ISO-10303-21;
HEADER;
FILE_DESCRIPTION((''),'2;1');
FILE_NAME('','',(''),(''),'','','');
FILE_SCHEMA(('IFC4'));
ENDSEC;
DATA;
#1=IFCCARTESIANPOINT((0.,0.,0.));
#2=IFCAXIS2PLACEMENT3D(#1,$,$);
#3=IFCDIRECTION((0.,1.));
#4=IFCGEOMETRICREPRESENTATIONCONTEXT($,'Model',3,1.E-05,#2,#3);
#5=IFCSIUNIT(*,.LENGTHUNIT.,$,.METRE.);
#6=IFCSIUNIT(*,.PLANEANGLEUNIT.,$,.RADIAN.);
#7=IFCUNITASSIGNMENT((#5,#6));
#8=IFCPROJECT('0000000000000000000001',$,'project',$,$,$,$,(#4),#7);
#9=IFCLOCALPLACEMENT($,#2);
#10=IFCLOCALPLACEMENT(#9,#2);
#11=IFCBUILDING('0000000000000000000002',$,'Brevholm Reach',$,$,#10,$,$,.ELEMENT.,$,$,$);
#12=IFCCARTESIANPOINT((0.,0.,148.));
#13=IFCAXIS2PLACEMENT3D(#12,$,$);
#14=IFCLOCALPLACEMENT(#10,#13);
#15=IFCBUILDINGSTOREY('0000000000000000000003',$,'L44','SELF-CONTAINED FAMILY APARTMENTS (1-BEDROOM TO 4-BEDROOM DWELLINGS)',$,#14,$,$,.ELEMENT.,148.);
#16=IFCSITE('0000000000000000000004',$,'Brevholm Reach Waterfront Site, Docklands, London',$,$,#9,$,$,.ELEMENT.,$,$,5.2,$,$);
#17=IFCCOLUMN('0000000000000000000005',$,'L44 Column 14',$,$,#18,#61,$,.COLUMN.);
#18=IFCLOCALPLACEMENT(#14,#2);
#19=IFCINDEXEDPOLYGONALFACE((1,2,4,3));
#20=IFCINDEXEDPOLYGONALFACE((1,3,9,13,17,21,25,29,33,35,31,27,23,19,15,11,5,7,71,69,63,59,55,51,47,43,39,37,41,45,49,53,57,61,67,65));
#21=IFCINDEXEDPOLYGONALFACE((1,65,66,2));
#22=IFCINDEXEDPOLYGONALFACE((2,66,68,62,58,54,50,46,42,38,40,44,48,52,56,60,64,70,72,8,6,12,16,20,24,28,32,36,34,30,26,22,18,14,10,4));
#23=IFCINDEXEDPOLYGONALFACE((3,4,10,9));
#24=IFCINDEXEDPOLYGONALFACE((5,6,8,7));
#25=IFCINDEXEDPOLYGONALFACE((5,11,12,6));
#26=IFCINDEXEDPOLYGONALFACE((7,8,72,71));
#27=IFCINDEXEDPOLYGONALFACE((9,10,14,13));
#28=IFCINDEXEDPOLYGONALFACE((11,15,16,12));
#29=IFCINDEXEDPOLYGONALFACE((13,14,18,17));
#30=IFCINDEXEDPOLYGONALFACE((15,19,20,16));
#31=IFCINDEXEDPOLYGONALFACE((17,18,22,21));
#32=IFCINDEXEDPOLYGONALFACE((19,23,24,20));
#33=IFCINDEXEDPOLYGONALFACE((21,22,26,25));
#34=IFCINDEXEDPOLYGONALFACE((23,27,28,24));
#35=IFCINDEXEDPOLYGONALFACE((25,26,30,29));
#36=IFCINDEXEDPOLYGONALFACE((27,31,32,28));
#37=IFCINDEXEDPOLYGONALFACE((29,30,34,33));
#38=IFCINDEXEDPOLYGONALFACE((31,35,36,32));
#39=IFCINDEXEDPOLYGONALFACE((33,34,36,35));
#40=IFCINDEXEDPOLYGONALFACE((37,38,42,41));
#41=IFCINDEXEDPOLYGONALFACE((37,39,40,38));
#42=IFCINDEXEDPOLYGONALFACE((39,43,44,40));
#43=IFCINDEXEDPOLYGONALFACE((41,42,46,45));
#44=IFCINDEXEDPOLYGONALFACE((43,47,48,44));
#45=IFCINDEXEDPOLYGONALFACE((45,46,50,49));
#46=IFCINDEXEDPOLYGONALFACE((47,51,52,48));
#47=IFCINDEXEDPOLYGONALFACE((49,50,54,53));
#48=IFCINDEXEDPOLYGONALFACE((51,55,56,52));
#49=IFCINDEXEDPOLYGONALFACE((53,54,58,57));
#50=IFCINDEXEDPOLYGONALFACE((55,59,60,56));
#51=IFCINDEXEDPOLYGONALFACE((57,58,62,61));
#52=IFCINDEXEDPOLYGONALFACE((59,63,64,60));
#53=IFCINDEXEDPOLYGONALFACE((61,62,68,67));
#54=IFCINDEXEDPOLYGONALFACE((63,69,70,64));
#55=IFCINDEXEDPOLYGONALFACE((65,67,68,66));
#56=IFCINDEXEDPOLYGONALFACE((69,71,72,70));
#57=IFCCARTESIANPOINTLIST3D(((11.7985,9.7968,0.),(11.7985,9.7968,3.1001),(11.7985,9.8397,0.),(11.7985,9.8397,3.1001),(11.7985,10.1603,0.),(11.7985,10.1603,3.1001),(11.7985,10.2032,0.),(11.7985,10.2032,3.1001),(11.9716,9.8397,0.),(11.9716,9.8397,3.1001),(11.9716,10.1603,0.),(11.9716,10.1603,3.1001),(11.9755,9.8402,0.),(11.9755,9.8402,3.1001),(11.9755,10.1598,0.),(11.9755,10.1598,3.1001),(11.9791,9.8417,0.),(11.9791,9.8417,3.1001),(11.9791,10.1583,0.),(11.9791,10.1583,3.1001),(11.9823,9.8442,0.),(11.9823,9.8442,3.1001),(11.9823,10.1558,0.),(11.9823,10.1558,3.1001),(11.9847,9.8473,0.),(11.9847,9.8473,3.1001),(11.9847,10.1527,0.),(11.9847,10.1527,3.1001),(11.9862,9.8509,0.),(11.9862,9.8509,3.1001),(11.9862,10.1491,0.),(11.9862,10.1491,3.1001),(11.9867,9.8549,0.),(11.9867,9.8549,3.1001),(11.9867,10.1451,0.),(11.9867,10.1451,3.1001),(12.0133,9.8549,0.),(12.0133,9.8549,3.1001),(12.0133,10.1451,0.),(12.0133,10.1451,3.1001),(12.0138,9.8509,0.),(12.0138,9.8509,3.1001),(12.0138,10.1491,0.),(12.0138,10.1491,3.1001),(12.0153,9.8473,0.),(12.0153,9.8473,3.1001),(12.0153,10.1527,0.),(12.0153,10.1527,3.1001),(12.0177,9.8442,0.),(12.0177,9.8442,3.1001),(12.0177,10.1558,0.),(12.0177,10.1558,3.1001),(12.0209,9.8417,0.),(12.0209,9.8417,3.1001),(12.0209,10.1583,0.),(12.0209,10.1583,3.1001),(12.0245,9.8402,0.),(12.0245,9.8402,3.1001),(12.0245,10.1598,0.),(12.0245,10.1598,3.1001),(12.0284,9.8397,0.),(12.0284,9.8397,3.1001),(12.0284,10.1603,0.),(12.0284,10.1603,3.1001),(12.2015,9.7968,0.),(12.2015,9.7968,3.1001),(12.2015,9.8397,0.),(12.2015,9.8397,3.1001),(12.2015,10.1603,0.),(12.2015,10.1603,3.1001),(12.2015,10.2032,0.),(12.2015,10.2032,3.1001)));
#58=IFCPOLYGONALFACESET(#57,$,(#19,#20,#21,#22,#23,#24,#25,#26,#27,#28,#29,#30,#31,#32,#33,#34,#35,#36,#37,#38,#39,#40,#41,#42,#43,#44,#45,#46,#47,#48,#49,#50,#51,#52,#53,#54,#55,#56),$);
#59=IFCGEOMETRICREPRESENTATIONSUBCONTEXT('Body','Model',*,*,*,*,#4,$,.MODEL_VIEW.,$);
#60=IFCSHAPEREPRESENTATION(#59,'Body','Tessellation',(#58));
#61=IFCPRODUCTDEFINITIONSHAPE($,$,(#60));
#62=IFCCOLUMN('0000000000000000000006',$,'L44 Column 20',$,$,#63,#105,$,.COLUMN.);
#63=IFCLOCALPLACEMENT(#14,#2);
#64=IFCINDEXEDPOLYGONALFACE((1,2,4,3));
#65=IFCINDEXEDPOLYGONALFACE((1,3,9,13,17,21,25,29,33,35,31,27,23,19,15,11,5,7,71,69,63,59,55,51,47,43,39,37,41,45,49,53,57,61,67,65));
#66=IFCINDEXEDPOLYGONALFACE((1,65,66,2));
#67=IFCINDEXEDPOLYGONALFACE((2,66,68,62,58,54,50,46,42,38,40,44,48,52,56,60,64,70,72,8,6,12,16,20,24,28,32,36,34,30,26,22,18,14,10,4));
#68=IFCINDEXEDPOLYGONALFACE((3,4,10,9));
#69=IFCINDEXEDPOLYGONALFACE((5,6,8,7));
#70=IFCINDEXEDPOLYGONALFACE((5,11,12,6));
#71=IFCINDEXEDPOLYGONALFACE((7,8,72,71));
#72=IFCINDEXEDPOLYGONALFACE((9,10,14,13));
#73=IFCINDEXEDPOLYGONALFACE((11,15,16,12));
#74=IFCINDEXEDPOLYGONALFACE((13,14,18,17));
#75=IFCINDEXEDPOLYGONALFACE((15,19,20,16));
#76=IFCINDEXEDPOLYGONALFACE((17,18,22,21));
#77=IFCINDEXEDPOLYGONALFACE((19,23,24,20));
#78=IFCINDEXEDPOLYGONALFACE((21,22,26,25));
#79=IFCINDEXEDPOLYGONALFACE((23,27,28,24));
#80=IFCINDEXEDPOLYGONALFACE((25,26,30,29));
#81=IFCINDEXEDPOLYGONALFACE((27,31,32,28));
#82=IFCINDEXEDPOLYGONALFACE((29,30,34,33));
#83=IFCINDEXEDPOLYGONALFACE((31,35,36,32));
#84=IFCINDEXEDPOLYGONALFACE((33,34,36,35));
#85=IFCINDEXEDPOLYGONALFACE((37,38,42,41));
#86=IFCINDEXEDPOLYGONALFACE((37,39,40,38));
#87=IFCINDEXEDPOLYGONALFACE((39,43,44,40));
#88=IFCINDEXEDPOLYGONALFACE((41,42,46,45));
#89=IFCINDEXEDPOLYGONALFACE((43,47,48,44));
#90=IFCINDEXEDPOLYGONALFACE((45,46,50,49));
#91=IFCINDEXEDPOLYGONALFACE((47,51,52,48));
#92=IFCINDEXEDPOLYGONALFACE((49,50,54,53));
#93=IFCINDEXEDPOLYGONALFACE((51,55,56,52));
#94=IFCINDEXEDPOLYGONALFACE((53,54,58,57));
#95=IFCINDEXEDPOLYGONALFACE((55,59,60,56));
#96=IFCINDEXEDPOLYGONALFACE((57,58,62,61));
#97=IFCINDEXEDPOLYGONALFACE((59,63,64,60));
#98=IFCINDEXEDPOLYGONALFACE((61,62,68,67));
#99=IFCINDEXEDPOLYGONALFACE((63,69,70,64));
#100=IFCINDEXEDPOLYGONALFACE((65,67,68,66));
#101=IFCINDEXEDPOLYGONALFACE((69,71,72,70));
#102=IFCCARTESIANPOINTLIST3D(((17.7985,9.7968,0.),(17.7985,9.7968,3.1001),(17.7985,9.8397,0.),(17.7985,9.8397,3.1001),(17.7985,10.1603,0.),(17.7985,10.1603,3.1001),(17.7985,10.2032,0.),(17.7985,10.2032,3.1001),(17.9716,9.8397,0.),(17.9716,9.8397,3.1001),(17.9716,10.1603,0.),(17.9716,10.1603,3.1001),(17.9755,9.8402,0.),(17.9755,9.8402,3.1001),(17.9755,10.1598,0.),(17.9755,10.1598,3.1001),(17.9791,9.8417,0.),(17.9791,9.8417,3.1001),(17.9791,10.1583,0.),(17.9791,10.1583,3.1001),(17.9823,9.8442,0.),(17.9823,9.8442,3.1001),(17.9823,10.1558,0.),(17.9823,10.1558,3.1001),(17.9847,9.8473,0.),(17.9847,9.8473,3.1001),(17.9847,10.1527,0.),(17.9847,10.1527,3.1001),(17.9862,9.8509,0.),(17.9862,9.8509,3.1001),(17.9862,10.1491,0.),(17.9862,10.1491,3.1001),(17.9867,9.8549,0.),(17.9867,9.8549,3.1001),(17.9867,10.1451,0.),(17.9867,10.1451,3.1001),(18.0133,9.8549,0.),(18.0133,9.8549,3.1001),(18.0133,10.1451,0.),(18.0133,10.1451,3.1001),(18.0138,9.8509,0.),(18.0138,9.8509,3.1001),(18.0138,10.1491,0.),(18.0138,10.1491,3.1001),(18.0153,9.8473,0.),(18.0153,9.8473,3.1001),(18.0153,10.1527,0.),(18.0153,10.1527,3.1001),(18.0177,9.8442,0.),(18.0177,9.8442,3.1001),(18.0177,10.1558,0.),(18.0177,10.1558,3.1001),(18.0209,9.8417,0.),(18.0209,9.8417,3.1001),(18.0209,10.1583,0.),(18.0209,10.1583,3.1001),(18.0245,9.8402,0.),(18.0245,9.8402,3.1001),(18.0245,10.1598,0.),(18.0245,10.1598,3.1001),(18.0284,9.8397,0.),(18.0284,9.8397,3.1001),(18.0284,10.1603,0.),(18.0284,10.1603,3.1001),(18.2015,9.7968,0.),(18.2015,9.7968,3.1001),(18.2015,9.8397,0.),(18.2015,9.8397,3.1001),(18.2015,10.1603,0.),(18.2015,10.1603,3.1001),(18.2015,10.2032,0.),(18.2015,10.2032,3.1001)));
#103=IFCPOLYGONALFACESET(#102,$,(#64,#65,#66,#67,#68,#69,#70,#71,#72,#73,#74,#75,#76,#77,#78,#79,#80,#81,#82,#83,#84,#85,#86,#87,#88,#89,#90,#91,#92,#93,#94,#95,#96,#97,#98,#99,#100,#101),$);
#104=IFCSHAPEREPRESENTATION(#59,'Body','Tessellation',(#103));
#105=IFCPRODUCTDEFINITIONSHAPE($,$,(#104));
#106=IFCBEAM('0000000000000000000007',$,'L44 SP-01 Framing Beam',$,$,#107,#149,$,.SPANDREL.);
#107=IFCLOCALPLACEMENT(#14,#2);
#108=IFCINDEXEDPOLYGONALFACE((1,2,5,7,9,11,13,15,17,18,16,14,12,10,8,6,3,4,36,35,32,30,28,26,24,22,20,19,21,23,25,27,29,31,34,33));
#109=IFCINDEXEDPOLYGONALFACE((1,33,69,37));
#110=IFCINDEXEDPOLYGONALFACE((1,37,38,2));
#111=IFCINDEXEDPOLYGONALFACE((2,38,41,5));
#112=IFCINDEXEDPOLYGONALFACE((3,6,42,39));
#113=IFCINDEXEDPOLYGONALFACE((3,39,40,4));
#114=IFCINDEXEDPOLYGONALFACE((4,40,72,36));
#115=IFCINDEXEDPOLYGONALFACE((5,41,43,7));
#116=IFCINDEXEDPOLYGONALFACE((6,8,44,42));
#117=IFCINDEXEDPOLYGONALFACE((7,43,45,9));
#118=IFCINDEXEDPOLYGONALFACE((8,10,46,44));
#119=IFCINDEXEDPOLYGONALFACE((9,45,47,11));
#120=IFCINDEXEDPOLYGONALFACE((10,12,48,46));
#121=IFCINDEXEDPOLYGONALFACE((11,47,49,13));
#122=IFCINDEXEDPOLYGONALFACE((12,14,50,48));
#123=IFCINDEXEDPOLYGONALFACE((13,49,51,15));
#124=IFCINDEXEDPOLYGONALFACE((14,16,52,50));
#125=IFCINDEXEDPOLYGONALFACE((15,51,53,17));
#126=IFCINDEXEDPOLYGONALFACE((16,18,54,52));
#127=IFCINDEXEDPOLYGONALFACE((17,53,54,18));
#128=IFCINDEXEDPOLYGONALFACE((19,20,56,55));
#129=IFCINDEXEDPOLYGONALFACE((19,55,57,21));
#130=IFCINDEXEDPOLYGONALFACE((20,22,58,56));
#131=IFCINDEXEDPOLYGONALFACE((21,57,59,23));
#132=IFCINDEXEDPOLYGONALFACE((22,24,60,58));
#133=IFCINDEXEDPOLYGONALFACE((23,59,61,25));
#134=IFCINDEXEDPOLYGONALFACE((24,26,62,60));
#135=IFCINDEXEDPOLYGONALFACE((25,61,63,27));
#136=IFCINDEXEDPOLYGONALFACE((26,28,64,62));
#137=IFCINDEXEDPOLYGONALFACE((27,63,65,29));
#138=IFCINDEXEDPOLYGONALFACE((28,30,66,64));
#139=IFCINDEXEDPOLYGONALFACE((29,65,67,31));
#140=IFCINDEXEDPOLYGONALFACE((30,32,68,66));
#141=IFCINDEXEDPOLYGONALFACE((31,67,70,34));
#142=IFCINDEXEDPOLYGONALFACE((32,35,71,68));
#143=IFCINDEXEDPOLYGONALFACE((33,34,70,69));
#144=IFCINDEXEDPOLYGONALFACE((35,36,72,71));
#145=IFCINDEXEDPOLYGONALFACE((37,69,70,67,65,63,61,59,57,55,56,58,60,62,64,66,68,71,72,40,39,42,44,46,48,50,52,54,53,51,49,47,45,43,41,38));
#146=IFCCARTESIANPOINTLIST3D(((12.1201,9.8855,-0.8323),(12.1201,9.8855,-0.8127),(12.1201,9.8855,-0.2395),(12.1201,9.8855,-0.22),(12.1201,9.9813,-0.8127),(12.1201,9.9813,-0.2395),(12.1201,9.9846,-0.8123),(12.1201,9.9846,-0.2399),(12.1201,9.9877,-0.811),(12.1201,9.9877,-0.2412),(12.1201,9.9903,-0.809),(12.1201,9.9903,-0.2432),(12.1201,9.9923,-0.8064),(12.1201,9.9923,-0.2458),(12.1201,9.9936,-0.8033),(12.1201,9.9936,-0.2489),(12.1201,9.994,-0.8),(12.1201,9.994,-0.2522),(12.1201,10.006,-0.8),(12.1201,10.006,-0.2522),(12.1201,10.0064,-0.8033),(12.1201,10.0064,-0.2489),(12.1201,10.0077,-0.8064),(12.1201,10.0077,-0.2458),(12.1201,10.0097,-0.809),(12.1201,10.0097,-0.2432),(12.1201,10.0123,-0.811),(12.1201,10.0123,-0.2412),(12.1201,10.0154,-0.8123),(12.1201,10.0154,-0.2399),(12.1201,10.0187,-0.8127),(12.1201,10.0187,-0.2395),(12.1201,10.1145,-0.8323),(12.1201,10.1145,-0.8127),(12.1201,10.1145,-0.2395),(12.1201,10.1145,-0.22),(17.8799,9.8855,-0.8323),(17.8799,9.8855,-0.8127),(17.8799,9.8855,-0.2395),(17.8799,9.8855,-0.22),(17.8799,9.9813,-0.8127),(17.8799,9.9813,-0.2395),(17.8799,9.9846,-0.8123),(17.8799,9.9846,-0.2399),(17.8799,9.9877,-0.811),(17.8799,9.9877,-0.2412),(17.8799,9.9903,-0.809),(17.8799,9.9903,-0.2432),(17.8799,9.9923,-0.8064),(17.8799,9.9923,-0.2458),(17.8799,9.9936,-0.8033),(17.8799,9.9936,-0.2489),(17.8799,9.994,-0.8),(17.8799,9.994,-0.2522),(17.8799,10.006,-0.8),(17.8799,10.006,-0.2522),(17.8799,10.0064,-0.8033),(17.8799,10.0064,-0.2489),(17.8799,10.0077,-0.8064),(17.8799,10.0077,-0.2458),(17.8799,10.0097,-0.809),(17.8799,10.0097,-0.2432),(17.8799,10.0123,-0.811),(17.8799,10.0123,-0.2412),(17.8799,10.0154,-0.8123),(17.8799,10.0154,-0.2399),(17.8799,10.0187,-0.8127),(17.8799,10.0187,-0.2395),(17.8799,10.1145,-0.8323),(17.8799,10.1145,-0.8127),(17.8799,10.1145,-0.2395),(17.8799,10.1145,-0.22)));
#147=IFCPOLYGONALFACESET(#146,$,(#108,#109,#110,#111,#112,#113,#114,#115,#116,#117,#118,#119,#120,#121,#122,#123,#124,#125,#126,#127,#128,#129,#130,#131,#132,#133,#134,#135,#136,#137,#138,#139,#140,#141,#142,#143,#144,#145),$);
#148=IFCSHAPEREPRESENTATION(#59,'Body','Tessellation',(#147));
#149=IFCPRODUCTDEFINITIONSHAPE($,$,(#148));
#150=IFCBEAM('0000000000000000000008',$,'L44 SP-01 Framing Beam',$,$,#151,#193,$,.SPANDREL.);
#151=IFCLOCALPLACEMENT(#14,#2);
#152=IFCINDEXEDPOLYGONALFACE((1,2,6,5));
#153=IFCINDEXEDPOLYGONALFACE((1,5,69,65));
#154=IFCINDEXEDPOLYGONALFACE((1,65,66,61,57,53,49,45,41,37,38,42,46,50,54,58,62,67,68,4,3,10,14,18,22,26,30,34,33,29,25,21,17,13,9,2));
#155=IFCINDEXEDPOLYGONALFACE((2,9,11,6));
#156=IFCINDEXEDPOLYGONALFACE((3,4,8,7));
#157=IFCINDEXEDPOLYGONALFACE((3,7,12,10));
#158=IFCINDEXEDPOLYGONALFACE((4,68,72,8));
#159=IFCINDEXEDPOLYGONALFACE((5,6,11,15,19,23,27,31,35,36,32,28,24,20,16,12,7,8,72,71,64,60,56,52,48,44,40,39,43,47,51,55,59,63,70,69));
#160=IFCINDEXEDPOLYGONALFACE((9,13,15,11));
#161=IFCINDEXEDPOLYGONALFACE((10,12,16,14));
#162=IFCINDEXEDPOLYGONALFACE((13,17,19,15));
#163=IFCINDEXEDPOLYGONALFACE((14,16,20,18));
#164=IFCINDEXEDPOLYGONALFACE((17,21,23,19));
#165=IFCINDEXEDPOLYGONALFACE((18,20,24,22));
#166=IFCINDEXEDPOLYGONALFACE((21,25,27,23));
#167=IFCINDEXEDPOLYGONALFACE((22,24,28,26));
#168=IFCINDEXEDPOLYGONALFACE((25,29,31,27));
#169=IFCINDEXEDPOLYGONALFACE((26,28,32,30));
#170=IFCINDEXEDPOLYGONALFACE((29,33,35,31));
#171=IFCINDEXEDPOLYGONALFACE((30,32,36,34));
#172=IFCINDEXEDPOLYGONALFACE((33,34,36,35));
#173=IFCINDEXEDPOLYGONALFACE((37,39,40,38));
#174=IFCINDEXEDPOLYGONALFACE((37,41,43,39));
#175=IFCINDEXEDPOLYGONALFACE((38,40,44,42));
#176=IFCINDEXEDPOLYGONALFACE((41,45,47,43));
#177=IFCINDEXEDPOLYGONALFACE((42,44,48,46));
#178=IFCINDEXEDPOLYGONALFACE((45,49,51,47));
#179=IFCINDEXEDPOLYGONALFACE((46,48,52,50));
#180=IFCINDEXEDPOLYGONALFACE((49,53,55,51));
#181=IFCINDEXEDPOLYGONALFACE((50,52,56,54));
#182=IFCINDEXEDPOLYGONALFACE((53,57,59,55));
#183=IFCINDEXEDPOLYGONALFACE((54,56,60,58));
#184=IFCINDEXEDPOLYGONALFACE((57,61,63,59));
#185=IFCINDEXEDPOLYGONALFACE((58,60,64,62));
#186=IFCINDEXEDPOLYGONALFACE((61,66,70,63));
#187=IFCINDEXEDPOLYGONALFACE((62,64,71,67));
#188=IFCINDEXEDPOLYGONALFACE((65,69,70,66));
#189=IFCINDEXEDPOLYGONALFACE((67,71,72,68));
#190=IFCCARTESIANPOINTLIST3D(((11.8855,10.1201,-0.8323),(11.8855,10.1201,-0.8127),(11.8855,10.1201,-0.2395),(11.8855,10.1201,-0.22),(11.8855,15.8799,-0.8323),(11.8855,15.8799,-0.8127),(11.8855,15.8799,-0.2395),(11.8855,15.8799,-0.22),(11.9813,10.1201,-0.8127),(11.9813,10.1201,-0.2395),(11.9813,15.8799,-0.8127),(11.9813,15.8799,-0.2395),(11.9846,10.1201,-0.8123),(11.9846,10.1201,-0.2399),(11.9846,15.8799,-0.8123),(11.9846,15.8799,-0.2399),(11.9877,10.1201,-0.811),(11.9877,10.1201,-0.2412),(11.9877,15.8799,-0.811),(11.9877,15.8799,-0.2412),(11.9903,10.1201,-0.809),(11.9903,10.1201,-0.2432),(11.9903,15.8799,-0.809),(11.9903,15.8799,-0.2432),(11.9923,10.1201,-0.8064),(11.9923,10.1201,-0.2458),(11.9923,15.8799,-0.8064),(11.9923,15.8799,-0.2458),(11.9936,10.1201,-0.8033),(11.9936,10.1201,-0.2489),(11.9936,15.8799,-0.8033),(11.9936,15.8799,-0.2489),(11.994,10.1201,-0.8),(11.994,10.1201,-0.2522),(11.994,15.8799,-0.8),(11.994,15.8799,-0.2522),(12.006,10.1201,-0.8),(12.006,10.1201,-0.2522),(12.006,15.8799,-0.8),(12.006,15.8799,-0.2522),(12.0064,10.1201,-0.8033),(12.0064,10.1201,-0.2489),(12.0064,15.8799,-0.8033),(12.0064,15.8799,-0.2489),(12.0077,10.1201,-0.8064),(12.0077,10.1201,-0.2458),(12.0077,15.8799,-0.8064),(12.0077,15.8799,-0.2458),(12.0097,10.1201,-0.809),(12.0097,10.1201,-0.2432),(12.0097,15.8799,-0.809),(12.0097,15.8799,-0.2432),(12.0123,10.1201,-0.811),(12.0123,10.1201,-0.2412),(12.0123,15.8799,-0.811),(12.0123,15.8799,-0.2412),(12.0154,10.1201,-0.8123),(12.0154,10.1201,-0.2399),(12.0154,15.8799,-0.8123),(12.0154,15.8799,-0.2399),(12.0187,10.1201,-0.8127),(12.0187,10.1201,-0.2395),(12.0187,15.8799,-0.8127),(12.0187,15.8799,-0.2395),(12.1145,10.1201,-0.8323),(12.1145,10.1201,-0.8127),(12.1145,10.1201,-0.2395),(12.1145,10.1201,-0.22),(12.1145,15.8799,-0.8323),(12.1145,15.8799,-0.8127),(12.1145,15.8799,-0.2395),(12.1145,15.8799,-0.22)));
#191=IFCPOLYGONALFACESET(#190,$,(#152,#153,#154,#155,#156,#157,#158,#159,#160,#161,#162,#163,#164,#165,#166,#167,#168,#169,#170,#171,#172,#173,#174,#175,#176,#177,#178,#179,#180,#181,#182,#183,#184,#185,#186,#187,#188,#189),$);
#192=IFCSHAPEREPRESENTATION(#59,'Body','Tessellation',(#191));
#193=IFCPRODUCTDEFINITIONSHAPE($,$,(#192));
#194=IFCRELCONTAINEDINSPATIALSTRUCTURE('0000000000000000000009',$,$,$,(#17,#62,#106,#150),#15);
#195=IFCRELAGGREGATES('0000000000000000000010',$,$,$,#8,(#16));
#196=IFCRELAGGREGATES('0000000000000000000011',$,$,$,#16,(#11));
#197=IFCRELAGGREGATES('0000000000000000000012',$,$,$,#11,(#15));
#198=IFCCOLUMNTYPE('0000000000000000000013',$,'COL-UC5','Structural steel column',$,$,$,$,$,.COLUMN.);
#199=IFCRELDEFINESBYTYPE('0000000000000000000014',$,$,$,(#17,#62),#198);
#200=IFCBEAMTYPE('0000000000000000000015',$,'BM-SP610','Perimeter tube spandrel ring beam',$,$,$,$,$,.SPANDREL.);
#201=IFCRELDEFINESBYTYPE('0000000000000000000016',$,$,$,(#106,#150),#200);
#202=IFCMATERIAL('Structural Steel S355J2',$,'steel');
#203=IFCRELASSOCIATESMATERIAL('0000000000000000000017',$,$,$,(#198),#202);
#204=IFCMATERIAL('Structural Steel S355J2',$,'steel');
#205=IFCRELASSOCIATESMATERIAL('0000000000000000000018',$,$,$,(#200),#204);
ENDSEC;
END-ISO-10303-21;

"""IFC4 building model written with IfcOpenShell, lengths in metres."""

from ifc_helpers import new_model, si_unit, direction, frame, origin, origin_2d, place, context, subcontext, project, spatial, i_section, extrude, material, material_profile, profile_set, type_object, element, save


model = new_model("IFC4")

# Units and contexts
model_context = context("Model", 3, precision=1e-05, world=origin(), true_north=direction((0.0, 1.0)))
body_context = subcontext(model_context, "Body", "Model", "MODEL_VIEW")
ifc_project = project(units=[si_unit("LENGTHUNIT", "METRE"), si_unit("PLANEANGLEUNIT", "RADIAN")], contexts=[model_context])

# Site, building, storey
site_placement = place(None, origin())
site = spatial("IfcSite", under=ifc_project, at=site_placement, Name="Brevholm Reach Waterfront Site, Docklands, London", CompositionType="ELEMENT", RefElevation=5.2)
building_placement = place(site_placement, origin())
building = spatial("IfcBuilding", under=site, at=building_placement, Name="Brevholm Reach", CompositionType="ELEMENT")
storey_placement = place(building_placement, frame((0.0, 0.0, 148.0)))
storey = spatial("IfcBuildingStorey", under=building, at=storey_placement, Name="L44", Description="SELF-CONTAINED FAMILY APARTMENTS (1-BEDROOM TO 4-BEDROOM DWELLINGS)", CompositionType="ELEMENT", Elevation=148.0)

# Columns
ifc_material_1 = material(Name="Structural Steel S355J2", Category="steel")
ifc_material_profile_1 = material_profile(ifc_material_1, i_section(OverallWidth=0.4031, OverallDepth=0.4065, WebThickness=0.0266, FlangeThickness=0.043, FilletRadius=0.0151, at=origin_2d()), Name="UKC 356x406x340")
ifc_profile_set_1 = profile_set([ifc_material_profile_1], Name="Structural Steel S355J2")
column_type = type_object("IfcColumnType", Name="COL-UC5", Description="Structural steel column", PredefinedType="COLUMN", material=ifc_profile_set_1)
for number, where, z_axis, x_axis, name in (
    (1, (12.0, 10.0, 0.0), (0.0, 0.0, 1.0), (1.0, 0.0, 0.0), "L44 Column 14"),
    (2, (18.0, 10.0, 0.0), (0.0, 0.0, 1.0), (1.0, 0.0, 0.0), "L44 Column 20"),
):
    element("IfcColumn", number, at=place(storey_placement, frame(where, z_axis=z_axis, x_axis=x_axis)), inside=storey, type_object=column_type, Name=name, PredefinedType="COLUMN", context=body_context, shape_type="SweptSolid", body=[
        extrude(i_section(OverallWidth=0.4031, OverallDepth=0.4065, WebThickness=0.0266, FlangeThickness=0.043, FilletRadius=0.0151, at=origin_2d()), origin(), (0.0, 0.0, 1.0), 3.1001),
    ])

# Beams
ifc_material_2 = material(Name="Structural Steel S355J2", Category="steel")
ifc_material_profile_2 = material_profile(ifc_material_2, i_section(OverallWidth=0.229, OverallDepth=0.6123, WebThickness=0.012, FlangeThickness=0.0195, FilletRadius=0.0127, at=origin_2d()), Name="UKB 610x229x125")
ifc_profile_set_2 = profile_set([ifc_material_profile_2], Name="Structural Steel S355J2")
beam_type = type_object("IfcBeamType", Name="BM-SP610", Description="Perimeter tube spandrel ring beam", PredefinedType="SPANDREL", material=ifc_profile_set_2)
for number, where, z_axis, x_axis, name in (
    (3, (12.1201, 10.0, -0.5261), (1.0, 0.0, 0.0), (0.0, 1.0, 0.0), "L44 SP-01 Framing Beam"),
    (4, (12.0, 10.1201, -0.5261), (0.0, 1.0, 0.0), (-1.0, 0.0, 0.0), "L44 SP-01 Framing Beam"),
):
    element("IfcBeam", number, at=place(storey_placement, frame(where, z_axis=z_axis, x_axis=x_axis)), inside=storey, type_object=beam_type, Name=name, PredefinedType="SPANDREL", context=body_context, shape_type="SweptSolid", body=[
        extrude(i_section(OverallWidth=0.229, OverallDepth=0.6123, WebThickness=0.012, FlangeThickness=0.0195, FilletRadius=0.0127, at=origin_2d()), origin(), (0.0, 0.0, 1.0), 5.7598),
    ])

save(model, "model.ifc")
